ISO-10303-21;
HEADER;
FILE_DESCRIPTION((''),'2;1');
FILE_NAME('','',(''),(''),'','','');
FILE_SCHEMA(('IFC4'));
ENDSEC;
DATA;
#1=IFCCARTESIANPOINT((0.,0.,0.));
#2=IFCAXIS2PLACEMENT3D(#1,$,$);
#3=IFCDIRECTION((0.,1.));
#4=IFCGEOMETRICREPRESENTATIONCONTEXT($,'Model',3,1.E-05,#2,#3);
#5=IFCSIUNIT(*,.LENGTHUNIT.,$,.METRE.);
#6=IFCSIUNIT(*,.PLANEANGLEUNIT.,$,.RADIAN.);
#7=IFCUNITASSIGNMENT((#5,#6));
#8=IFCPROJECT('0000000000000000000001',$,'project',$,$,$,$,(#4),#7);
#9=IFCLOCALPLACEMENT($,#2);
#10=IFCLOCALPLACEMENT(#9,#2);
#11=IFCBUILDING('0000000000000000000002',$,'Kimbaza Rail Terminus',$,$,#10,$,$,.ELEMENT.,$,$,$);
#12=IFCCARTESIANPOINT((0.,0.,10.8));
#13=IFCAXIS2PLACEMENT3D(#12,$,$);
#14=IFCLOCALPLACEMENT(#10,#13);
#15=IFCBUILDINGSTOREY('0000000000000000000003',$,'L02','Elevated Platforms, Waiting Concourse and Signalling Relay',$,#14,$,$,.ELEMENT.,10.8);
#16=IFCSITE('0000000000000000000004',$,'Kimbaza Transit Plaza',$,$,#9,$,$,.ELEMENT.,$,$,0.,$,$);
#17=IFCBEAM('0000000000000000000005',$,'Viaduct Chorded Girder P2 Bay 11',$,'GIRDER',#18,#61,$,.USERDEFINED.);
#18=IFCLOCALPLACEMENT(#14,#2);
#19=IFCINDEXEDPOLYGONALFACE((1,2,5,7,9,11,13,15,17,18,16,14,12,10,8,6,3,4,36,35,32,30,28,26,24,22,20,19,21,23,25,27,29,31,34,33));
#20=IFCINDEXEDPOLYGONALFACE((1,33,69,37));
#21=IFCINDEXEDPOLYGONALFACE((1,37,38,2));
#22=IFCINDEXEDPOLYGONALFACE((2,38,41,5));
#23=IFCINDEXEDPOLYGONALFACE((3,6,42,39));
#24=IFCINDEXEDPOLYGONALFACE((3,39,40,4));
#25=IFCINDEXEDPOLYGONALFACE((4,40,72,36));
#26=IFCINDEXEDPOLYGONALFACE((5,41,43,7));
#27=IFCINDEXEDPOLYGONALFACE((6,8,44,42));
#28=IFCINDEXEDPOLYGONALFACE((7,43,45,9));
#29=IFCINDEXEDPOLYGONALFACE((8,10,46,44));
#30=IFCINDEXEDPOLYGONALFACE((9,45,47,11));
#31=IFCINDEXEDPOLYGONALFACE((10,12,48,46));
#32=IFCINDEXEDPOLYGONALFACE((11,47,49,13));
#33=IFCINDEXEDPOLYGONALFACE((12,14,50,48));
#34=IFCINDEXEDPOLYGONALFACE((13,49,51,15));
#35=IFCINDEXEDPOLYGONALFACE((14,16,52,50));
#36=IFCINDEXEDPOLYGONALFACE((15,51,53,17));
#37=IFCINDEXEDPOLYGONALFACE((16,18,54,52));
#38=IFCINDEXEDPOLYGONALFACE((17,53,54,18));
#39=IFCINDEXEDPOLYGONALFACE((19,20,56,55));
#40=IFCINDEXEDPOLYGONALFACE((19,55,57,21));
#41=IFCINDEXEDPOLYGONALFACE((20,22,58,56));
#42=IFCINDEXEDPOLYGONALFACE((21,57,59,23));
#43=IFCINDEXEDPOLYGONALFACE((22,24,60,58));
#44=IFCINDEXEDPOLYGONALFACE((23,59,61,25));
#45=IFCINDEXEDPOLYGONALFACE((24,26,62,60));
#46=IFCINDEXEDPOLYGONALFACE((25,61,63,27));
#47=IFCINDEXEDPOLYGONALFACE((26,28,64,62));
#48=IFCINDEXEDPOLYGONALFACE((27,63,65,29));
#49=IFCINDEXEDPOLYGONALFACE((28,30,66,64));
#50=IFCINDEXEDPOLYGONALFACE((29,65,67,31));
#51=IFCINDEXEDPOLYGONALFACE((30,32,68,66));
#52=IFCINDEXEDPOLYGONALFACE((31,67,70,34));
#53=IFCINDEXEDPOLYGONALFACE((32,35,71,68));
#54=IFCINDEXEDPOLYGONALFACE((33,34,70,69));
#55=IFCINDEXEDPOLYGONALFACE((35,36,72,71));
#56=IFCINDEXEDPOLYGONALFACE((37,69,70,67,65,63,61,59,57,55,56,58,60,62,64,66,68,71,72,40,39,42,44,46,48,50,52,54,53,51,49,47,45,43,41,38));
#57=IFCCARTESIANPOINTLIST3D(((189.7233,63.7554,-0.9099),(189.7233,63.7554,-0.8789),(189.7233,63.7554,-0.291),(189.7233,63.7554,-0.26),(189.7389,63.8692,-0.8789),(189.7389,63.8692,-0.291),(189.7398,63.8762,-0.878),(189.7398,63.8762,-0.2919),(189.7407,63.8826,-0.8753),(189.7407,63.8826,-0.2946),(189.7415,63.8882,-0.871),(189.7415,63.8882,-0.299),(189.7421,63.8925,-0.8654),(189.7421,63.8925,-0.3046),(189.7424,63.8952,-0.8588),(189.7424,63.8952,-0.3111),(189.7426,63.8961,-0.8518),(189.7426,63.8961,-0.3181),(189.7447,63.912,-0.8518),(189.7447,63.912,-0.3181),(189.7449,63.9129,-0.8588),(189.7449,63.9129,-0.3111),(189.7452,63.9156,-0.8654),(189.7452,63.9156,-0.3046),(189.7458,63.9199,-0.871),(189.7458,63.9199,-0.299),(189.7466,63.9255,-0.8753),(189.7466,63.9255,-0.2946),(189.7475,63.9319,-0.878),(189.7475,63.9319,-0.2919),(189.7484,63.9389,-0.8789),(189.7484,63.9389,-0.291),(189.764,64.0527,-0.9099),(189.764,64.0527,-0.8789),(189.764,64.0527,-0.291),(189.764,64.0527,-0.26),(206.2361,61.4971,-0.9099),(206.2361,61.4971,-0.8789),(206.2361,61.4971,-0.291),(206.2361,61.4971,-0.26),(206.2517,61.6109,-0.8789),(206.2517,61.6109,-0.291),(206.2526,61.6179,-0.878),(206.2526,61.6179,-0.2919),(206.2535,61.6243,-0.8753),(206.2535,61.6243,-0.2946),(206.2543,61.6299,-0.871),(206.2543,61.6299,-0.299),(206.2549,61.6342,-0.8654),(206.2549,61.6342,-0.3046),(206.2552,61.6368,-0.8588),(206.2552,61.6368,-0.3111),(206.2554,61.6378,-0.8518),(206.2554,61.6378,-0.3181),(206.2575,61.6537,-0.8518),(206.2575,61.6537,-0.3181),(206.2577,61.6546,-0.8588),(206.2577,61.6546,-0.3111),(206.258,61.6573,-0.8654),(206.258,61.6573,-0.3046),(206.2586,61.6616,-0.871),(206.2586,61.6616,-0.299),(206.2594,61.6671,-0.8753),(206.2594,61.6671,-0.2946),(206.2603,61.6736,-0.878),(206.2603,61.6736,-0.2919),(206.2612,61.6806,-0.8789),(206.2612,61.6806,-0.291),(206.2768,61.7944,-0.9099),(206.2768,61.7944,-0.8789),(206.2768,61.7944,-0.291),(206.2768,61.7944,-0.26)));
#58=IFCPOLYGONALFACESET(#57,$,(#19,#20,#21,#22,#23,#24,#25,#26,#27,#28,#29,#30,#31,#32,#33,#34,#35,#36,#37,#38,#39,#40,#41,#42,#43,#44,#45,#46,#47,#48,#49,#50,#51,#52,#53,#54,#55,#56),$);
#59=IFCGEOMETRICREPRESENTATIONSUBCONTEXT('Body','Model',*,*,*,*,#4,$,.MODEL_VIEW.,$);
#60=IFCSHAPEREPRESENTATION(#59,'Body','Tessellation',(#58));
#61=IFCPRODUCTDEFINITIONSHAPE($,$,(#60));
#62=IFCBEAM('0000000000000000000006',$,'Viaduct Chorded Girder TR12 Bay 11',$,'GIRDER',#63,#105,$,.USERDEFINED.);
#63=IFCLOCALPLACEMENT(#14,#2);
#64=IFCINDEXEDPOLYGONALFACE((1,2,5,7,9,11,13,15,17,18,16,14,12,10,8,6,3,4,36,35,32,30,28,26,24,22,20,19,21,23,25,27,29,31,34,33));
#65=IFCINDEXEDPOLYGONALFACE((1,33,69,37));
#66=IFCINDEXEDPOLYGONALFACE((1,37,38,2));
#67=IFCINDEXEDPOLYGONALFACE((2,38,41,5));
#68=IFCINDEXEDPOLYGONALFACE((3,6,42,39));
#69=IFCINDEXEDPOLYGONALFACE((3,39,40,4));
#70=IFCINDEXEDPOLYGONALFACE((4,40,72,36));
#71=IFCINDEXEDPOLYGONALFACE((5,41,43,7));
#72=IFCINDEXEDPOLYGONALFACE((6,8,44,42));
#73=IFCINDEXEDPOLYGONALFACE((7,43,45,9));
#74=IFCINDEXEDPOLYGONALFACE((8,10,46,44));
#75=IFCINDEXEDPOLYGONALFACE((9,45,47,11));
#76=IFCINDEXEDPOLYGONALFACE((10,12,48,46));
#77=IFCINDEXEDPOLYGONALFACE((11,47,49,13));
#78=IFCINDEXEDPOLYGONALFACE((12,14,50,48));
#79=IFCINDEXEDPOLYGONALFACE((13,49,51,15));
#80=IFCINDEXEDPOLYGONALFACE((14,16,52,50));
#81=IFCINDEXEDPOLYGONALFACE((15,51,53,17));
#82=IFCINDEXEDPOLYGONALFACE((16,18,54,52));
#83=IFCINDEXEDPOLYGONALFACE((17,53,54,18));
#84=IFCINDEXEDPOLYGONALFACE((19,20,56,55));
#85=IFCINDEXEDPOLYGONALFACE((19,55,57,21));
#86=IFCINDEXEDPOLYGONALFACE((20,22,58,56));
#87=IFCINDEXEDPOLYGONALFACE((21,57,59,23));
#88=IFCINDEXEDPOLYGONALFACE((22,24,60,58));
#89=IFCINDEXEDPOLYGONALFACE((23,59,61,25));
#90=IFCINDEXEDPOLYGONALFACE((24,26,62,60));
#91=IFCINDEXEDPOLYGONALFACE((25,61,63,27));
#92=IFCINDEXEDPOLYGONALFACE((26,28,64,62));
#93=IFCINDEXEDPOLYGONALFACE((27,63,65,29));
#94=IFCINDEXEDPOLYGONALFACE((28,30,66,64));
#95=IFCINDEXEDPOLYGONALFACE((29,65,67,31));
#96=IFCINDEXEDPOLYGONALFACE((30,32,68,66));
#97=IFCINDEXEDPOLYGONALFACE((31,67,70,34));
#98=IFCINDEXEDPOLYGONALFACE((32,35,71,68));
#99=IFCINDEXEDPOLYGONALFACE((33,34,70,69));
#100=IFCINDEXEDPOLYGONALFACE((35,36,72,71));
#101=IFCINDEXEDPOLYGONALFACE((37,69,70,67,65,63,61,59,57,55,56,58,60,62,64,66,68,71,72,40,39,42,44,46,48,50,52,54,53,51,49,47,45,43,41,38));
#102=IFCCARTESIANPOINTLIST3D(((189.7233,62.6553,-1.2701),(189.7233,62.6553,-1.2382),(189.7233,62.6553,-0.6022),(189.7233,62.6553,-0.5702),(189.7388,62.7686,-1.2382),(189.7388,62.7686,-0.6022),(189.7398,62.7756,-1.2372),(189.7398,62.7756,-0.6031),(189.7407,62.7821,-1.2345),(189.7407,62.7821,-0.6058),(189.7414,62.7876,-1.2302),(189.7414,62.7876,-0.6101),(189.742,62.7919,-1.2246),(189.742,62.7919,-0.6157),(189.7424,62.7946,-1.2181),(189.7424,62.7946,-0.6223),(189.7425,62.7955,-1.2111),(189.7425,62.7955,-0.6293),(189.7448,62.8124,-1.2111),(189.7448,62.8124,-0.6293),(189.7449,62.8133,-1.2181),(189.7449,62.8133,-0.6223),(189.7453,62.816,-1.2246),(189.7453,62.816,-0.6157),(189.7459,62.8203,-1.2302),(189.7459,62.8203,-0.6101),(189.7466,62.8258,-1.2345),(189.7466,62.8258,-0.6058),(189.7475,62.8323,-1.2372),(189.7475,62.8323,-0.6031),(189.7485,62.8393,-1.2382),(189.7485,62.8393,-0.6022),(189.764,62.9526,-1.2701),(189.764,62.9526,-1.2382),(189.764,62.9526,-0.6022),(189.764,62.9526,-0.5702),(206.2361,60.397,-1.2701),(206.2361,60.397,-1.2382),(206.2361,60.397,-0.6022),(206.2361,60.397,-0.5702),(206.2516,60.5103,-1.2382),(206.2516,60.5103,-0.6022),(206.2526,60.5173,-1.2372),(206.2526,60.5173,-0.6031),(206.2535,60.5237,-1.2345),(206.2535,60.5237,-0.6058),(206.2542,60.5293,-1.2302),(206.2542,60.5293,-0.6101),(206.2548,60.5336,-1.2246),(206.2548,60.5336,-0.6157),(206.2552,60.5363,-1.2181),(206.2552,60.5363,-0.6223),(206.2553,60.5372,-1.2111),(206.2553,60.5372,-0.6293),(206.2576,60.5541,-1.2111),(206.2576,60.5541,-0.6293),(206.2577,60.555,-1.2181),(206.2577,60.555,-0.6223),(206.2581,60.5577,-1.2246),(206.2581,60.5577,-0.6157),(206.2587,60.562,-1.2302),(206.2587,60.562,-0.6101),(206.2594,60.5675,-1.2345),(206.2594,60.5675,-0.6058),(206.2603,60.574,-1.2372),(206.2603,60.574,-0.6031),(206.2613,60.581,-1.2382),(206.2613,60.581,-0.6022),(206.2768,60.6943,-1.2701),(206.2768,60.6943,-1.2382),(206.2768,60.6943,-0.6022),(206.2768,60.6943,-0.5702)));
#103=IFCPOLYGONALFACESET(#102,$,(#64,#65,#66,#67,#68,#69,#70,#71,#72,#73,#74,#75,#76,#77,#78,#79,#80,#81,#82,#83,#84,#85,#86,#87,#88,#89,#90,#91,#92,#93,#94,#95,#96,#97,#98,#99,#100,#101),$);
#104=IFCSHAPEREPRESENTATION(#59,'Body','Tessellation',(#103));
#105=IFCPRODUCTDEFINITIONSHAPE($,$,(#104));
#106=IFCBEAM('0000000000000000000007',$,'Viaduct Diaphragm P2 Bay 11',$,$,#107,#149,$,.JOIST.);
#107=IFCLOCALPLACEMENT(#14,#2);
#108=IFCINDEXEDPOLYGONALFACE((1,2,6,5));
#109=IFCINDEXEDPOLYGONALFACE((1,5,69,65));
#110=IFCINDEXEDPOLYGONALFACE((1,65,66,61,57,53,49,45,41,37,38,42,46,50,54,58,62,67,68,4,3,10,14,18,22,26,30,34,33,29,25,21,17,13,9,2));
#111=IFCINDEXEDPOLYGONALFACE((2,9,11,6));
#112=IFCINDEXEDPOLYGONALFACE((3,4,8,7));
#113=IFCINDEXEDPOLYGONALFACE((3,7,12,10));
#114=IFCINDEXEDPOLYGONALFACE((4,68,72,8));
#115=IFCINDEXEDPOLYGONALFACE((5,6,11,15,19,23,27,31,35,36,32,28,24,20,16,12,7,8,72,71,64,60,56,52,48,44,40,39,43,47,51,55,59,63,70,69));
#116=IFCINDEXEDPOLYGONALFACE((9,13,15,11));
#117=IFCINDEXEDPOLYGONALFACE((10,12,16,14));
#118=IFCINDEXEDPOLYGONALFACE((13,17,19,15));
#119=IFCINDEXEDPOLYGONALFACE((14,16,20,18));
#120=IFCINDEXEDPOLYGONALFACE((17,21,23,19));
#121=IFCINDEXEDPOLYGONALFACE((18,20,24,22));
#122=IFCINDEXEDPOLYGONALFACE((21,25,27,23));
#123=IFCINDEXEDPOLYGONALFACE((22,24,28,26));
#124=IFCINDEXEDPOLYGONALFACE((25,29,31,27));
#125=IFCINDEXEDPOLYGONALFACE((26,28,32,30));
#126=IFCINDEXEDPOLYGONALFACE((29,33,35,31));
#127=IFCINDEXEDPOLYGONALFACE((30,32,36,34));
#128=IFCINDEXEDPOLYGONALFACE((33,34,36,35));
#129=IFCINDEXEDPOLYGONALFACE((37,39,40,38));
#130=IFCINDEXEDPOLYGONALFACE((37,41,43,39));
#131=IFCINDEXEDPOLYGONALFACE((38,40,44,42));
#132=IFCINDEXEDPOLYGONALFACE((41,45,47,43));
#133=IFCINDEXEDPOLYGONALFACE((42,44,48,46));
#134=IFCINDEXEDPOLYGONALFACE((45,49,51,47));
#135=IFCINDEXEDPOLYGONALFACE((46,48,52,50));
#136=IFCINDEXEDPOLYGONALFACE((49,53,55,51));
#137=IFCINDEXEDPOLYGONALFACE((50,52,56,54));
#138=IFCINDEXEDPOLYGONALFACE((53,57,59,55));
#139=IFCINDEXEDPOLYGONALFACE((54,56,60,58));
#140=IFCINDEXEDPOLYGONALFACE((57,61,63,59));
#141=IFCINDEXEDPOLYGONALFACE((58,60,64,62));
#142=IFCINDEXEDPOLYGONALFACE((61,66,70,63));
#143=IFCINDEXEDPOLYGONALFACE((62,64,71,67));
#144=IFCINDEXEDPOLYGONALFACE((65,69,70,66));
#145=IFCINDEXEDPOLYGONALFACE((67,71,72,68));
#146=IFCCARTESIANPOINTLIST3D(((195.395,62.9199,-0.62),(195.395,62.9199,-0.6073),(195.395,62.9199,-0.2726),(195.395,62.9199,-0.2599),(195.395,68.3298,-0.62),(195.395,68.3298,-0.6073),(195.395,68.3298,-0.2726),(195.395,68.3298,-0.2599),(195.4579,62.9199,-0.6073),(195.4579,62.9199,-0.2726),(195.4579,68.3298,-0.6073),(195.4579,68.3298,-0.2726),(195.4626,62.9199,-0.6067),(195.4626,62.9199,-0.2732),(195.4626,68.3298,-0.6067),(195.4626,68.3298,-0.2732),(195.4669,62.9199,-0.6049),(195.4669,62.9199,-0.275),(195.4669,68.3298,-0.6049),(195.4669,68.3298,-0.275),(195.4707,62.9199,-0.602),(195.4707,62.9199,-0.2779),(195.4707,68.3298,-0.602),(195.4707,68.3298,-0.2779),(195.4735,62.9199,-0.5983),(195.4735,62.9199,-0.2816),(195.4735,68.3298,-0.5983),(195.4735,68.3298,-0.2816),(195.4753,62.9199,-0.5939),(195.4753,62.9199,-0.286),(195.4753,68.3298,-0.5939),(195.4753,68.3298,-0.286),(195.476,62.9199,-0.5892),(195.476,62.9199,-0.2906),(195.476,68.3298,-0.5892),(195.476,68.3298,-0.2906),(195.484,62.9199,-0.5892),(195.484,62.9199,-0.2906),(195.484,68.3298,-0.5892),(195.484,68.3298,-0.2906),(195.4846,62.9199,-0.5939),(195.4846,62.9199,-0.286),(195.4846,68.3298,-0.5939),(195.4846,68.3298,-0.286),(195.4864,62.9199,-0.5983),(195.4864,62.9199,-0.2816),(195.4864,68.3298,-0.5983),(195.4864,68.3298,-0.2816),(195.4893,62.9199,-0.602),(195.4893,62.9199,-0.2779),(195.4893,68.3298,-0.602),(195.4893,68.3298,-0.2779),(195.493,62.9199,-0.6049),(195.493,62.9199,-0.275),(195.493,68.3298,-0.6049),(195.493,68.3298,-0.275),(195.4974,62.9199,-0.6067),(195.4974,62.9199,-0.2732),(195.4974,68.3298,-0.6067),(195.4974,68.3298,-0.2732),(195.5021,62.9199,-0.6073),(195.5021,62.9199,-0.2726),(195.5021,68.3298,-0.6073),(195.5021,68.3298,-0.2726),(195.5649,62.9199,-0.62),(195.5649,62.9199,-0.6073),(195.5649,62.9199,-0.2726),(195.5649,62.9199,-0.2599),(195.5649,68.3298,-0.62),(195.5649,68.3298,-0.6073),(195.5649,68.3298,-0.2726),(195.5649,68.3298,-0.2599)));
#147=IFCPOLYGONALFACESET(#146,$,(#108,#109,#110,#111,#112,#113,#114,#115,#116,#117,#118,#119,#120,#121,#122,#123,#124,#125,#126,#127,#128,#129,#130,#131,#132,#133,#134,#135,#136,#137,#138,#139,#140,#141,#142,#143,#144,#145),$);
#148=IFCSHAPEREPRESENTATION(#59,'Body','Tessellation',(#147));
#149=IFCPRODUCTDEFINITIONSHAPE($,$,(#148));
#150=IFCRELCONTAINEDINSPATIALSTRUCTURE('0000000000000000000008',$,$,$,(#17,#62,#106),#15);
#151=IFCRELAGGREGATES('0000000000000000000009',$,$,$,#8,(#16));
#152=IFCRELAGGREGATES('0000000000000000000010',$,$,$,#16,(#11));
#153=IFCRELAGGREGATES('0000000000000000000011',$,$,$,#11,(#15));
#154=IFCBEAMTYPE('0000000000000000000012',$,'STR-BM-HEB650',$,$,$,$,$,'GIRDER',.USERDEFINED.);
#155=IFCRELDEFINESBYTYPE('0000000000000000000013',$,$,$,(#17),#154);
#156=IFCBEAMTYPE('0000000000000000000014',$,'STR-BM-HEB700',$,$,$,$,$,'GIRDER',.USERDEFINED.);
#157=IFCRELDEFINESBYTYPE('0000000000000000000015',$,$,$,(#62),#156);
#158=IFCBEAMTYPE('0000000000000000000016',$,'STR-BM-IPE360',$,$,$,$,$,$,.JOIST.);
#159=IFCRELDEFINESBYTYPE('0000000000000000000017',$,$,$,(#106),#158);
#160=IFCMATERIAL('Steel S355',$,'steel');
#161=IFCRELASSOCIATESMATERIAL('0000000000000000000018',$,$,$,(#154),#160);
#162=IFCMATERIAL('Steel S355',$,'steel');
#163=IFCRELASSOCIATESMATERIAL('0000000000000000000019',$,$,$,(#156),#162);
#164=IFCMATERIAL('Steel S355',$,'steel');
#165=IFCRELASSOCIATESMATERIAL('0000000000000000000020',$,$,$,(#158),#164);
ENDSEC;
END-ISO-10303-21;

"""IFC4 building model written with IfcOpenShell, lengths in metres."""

from ifc_helpers import new_model, si_unit, direction, frame, origin, origin_2d, place, context, subcontext, project, spatial, i_section, extrude, material, material_profile, profile_set, type_object, element, save


model = new_model("IFC4")

# Units and contexts
model_context = context("Model", 3, precision=1e-05, world=origin(), true_north=direction((0.0, 1.0)))
body_context = subcontext(model_context, "Body", "Model", "MODEL_VIEW")
ifc_project = project(units=[si_unit("LENGTHUNIT", "METRE"), si_unit("PLANEANGLEUNIT", "RADIAN")], contexts=[model_context])

# Site, building, storey
site_placement = place(None, origin())
site = spatial("IfcSite", under=ifc_project, at=site_placement, Name="Kimbaza Transit Plaza", CompositionType="ELEMENT", RefElevation=0.0)
building_placement = place(site_placement, origin())
building = spatial("IfcBuilding", under=site, at=building_placement, Name="Kimbaza Rail Terminus", CompositionType="ELEMENT")
storey_placement = place(building_placement, frame((0.0, 0.0, 10.8)))
storey = spatial("IfcBuildingStorey", under=building, at=storey_placement, Name="L02", Description="Elevated Platforms, Waiting Concourse and Signalling Relay", CompositionType="ELEMENT", Elevation=10.8)

# Beams
ifc_material_1 = material(Name="Steel S355", Category="steel")
ifc_material_profile_1 = material_profile(ifc_material_1, i_section(OverallWidth=0.3, OverallDepth=0.6499, WebThickness=0.0161, FlangeThickness=0.031, FilletRadius=0.0271, at=origin_2d()), Name="HEB 650")
ifc_profile_set_1 = profile_set([ifc_material_profile_1], Name="Steel S355")
beam_type_1 = type_object("IfcBeamType", Name="STR-BM-HEB650", ElementType="GIRDER", PredefinedType="USERDEFINED", material=ifc_profile_set_1)
beam_1_placement = place(storey_placement, frame((189.7437, 63.9041, -0.585), z_axis=(0.990777, -0.1355, 0.0), x_axis=(0.1355, 0.990777, 0.0)))
element("IfcBeam", 1, at=beam_1_placement, inside=storey, type_object=beam_type_1, Name="Viaduct Chorded Girder P2 Bay 11", ObjectType="GIRDER", PredefinedType="USERDEFINED", context=body_context, shape_type="SweptSolid", body=[
    extrude(i_section(OverallWidth=0.3, OverallDepth=0.6499, WebThickness=0.0161, FlangeThickness=0.031, FilletRadius=0.0271, at=origin_2d()), origin(), (0.0, 0.0, 1.0), 16.6665),
])
ifc_material_2 = material(Name="Steel S355", Category="steel")
ifc_material_profile_2 = material_profile(ifc_material_2, i_section(OverallWidth=0.3, OverallDepth=0.7, WebThickness=0.0171, FlangeThickness=0.032, FilletRadius=0.0271, at=origin_2d()), Name="HEB 700")
ifc_profile_set_2 = profile_set([ifc_material_profile_2], Name="Steel S355")
beam_type_2 = type_object("IfcBeamType", Name="STR-BM-HEB700", ElementType="GIRDER", PredefinedType="USERDEFINED", material=ifc_profile_set_2)
beam_2_placement = place(storey_placement, frame((189.7437, 62.804, -0.9202), z_axis=(0.990777, -0.1355, 0.0), x_axis=(0.1355, 0.990777, 0.0)))
element("IfcBeam", 2, at=beam_2_placement, inside=storey, type_object=beam_type_2, Name="Viaduct Chorded Girder TR12 Bay 11", ObjectType="GIRDER", PredefinedType="USERDEFINED", context=body_context, shape_type="SweptSolid", body=[
    extrude(i_section(OverallWidth=0.3, OverallDepth=0.7, WebThickness=0.0171, FlangeThickness=0.032, FilletRadius=0.0271, at=origin_2d()), origin(), (0.0, 0.0, 1.0), 16.6665),
])
ifc_material_3 = material(Name="Steel S355", Category="steel")
ifc_material_profile_3 = material_profile(ifc_material_3, i_section(OverallWidth=0.1699, OverallDepth=0.3601, WebThickness=0.0081, FlangeThickness=0.0127, FilletRadius=0.0181, at=origin_2d()), Name="IPE 360")
ifc_profile_set_3 = profile_set([ifc_material_profile_3], Name="Steel S355")
beam_type_3 = type_object("IfcBeamType", Name="STR-BM-IPE360", PredefinedType="JOIST", material=ifc_profile_set_3)
beam_3_placement = place(storey_placement, frame((195.48, 62.9199, -0.4399), z_axis=(0.0, 1.0, 0.0), x_axis=(-1.0, 0.0, 0.0)))
element("IfcBeam", 3, at=beam_3_placement, inside=storey, type_object=beam_type_3, Name="Viaduct Diaphragm P2 Bay 11", PredefinedType="JOIST", context=body_context, shape_type="SweptSolid", body=[
    extrude(i_section(OverallWidth=0.1699, OverallDepth=0.3601, WebThickness=0.0081, FlangeThickness=0.0127, FilletRadius=0.0181, at=origin_2d()), origin(), (0.0, 0.0, 1.0), 5.4099),
])

save(model, "model.ifc")
